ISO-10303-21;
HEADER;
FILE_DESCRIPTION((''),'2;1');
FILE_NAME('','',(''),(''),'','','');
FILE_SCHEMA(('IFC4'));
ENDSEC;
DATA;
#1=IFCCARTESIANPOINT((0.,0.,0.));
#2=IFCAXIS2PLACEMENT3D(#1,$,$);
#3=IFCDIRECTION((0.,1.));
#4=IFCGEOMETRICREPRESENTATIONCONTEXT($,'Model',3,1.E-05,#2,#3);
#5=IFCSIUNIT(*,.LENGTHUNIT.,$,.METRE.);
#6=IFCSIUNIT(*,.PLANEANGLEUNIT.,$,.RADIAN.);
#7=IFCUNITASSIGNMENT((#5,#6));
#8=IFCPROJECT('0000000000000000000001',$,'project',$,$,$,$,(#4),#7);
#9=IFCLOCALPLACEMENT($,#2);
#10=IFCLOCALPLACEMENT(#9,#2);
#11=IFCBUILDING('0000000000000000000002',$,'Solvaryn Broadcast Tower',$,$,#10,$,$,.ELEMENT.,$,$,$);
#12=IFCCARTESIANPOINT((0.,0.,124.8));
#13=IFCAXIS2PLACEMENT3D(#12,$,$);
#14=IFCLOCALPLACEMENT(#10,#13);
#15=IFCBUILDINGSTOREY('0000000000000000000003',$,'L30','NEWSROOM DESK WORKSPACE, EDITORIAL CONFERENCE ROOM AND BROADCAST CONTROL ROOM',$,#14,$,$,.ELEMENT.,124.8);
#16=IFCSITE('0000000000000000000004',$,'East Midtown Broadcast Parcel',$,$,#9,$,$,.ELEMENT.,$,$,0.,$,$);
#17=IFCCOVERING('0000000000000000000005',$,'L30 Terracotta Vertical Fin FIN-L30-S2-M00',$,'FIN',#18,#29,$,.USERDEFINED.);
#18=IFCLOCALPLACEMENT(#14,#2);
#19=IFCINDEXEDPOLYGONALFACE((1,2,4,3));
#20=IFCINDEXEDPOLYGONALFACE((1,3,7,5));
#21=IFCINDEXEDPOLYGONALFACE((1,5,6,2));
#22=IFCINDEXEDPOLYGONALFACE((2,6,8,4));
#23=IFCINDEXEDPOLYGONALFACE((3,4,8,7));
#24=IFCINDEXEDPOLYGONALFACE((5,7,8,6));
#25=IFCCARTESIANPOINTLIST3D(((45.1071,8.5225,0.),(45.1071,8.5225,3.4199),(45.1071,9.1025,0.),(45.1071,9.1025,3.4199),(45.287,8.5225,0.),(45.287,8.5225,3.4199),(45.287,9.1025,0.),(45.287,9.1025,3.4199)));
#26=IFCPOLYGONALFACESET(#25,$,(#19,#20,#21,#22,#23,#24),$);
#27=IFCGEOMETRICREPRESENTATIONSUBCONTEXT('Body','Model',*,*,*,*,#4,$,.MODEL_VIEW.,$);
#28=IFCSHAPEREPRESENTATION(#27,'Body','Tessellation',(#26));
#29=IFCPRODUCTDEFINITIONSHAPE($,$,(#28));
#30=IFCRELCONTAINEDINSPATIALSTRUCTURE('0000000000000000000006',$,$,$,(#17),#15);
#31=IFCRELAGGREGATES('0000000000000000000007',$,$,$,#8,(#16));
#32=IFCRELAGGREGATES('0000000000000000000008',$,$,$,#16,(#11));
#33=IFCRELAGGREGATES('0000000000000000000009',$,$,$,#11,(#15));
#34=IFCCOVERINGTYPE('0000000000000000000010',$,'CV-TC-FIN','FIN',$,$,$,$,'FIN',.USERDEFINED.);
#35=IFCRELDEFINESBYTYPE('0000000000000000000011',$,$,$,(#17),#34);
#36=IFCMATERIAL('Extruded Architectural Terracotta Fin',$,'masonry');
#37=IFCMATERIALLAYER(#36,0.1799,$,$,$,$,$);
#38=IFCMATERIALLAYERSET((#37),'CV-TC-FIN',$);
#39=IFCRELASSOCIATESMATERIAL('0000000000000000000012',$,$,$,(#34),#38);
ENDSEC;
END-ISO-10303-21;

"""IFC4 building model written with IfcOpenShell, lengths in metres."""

from ifc_helpers import new_model, si_unit, direction, frame, origin, origin_2d, place, context, subcontext, project, spatial, rectangle, extrude, material, layer, layer_set, type_object, element, save


model = new_model("IFC4")

# Units and contexts
model_context = context("Model", 3, precision=1e-05, world=origin(), true_north=direction((0.0, 1.0)))
body_context = subcontext(model_context, "Body", "Model", "MODEL_VIEW")
ifc_project = project(units=[si_unit("LENGTHUNIT", "METRE"), si_unit("PLANEANGLEUNIT", "RADIAN")], contexts=[model_context])

# Site, building, storey
site_placement = place(None, origin())
site = spatial("IfcSite", under=ifc_project, at=site_placement, Name="East Midtown Broadcast Parcel", CompositionType="ELEMENT", RefElevation=0.0)
building_placement = place(site_placement, origin())
building = spatial("IfcBuilding", under=site, at=building_placement, Name="Solvaryn Broadcast Tower", CompositionType="ELEMENT")
storey_placement = place(building_placement, frame((0.0, 0.0, 124.8)))
storey = spatial("IfcBuildingStorey", under=building, at=storey_placement, Name="L30", Description="NEWSROOM DESK WORKSPACE, EDITORIAL CONFERENCE ROOM AND BROADCAST CONTROL ROOM", CompositionType="ELEMENT", Elevation=124.8)

# Covering
ifc_material_1 = material(Name="Extruded Architectural Terracotta Fin", Category="masonry")
ifc_layer_1 = layer(ifc_material_1, 0.1799)
ifc_layer_set_1 = layer_set([ifc_layer_1], Name="CV-TC-FIN")
covering_type_1 = type_object("IfcCoveringType", Name="CV-TC-FIN", Description="FIN", ElementType="FIN", PredefinedType="USERDEFINED", material=ifc_layer_set_1)
for number, where, z_axis, x_axis, name in (
    (1, (45.197, 8.8125, 0.0), (0.0, 0.0, 1.0), (1.0, 0.0, 0.0), "L30 Terracotta Vertical Fin FIN-L30-S2-M00"),
):
    element("IfcCovering", number, at=place(storey_placement, frame(where, z_axis=z_axis, x_axis=x_axis)), inside=storey, type_object=covering_type_1, Name=name, ObjectType="FIN", PredefinedType="USERDEFINED", context=body_context, shape_type="SweptSolid", body=[
        extrude(rectangle(XDim=0.1799, YDim=0.5801, at=origin_2d()), origin(), (0.0, 0.0, 1.0), 3.4199),
    ])

save(model, "model.ifc")
